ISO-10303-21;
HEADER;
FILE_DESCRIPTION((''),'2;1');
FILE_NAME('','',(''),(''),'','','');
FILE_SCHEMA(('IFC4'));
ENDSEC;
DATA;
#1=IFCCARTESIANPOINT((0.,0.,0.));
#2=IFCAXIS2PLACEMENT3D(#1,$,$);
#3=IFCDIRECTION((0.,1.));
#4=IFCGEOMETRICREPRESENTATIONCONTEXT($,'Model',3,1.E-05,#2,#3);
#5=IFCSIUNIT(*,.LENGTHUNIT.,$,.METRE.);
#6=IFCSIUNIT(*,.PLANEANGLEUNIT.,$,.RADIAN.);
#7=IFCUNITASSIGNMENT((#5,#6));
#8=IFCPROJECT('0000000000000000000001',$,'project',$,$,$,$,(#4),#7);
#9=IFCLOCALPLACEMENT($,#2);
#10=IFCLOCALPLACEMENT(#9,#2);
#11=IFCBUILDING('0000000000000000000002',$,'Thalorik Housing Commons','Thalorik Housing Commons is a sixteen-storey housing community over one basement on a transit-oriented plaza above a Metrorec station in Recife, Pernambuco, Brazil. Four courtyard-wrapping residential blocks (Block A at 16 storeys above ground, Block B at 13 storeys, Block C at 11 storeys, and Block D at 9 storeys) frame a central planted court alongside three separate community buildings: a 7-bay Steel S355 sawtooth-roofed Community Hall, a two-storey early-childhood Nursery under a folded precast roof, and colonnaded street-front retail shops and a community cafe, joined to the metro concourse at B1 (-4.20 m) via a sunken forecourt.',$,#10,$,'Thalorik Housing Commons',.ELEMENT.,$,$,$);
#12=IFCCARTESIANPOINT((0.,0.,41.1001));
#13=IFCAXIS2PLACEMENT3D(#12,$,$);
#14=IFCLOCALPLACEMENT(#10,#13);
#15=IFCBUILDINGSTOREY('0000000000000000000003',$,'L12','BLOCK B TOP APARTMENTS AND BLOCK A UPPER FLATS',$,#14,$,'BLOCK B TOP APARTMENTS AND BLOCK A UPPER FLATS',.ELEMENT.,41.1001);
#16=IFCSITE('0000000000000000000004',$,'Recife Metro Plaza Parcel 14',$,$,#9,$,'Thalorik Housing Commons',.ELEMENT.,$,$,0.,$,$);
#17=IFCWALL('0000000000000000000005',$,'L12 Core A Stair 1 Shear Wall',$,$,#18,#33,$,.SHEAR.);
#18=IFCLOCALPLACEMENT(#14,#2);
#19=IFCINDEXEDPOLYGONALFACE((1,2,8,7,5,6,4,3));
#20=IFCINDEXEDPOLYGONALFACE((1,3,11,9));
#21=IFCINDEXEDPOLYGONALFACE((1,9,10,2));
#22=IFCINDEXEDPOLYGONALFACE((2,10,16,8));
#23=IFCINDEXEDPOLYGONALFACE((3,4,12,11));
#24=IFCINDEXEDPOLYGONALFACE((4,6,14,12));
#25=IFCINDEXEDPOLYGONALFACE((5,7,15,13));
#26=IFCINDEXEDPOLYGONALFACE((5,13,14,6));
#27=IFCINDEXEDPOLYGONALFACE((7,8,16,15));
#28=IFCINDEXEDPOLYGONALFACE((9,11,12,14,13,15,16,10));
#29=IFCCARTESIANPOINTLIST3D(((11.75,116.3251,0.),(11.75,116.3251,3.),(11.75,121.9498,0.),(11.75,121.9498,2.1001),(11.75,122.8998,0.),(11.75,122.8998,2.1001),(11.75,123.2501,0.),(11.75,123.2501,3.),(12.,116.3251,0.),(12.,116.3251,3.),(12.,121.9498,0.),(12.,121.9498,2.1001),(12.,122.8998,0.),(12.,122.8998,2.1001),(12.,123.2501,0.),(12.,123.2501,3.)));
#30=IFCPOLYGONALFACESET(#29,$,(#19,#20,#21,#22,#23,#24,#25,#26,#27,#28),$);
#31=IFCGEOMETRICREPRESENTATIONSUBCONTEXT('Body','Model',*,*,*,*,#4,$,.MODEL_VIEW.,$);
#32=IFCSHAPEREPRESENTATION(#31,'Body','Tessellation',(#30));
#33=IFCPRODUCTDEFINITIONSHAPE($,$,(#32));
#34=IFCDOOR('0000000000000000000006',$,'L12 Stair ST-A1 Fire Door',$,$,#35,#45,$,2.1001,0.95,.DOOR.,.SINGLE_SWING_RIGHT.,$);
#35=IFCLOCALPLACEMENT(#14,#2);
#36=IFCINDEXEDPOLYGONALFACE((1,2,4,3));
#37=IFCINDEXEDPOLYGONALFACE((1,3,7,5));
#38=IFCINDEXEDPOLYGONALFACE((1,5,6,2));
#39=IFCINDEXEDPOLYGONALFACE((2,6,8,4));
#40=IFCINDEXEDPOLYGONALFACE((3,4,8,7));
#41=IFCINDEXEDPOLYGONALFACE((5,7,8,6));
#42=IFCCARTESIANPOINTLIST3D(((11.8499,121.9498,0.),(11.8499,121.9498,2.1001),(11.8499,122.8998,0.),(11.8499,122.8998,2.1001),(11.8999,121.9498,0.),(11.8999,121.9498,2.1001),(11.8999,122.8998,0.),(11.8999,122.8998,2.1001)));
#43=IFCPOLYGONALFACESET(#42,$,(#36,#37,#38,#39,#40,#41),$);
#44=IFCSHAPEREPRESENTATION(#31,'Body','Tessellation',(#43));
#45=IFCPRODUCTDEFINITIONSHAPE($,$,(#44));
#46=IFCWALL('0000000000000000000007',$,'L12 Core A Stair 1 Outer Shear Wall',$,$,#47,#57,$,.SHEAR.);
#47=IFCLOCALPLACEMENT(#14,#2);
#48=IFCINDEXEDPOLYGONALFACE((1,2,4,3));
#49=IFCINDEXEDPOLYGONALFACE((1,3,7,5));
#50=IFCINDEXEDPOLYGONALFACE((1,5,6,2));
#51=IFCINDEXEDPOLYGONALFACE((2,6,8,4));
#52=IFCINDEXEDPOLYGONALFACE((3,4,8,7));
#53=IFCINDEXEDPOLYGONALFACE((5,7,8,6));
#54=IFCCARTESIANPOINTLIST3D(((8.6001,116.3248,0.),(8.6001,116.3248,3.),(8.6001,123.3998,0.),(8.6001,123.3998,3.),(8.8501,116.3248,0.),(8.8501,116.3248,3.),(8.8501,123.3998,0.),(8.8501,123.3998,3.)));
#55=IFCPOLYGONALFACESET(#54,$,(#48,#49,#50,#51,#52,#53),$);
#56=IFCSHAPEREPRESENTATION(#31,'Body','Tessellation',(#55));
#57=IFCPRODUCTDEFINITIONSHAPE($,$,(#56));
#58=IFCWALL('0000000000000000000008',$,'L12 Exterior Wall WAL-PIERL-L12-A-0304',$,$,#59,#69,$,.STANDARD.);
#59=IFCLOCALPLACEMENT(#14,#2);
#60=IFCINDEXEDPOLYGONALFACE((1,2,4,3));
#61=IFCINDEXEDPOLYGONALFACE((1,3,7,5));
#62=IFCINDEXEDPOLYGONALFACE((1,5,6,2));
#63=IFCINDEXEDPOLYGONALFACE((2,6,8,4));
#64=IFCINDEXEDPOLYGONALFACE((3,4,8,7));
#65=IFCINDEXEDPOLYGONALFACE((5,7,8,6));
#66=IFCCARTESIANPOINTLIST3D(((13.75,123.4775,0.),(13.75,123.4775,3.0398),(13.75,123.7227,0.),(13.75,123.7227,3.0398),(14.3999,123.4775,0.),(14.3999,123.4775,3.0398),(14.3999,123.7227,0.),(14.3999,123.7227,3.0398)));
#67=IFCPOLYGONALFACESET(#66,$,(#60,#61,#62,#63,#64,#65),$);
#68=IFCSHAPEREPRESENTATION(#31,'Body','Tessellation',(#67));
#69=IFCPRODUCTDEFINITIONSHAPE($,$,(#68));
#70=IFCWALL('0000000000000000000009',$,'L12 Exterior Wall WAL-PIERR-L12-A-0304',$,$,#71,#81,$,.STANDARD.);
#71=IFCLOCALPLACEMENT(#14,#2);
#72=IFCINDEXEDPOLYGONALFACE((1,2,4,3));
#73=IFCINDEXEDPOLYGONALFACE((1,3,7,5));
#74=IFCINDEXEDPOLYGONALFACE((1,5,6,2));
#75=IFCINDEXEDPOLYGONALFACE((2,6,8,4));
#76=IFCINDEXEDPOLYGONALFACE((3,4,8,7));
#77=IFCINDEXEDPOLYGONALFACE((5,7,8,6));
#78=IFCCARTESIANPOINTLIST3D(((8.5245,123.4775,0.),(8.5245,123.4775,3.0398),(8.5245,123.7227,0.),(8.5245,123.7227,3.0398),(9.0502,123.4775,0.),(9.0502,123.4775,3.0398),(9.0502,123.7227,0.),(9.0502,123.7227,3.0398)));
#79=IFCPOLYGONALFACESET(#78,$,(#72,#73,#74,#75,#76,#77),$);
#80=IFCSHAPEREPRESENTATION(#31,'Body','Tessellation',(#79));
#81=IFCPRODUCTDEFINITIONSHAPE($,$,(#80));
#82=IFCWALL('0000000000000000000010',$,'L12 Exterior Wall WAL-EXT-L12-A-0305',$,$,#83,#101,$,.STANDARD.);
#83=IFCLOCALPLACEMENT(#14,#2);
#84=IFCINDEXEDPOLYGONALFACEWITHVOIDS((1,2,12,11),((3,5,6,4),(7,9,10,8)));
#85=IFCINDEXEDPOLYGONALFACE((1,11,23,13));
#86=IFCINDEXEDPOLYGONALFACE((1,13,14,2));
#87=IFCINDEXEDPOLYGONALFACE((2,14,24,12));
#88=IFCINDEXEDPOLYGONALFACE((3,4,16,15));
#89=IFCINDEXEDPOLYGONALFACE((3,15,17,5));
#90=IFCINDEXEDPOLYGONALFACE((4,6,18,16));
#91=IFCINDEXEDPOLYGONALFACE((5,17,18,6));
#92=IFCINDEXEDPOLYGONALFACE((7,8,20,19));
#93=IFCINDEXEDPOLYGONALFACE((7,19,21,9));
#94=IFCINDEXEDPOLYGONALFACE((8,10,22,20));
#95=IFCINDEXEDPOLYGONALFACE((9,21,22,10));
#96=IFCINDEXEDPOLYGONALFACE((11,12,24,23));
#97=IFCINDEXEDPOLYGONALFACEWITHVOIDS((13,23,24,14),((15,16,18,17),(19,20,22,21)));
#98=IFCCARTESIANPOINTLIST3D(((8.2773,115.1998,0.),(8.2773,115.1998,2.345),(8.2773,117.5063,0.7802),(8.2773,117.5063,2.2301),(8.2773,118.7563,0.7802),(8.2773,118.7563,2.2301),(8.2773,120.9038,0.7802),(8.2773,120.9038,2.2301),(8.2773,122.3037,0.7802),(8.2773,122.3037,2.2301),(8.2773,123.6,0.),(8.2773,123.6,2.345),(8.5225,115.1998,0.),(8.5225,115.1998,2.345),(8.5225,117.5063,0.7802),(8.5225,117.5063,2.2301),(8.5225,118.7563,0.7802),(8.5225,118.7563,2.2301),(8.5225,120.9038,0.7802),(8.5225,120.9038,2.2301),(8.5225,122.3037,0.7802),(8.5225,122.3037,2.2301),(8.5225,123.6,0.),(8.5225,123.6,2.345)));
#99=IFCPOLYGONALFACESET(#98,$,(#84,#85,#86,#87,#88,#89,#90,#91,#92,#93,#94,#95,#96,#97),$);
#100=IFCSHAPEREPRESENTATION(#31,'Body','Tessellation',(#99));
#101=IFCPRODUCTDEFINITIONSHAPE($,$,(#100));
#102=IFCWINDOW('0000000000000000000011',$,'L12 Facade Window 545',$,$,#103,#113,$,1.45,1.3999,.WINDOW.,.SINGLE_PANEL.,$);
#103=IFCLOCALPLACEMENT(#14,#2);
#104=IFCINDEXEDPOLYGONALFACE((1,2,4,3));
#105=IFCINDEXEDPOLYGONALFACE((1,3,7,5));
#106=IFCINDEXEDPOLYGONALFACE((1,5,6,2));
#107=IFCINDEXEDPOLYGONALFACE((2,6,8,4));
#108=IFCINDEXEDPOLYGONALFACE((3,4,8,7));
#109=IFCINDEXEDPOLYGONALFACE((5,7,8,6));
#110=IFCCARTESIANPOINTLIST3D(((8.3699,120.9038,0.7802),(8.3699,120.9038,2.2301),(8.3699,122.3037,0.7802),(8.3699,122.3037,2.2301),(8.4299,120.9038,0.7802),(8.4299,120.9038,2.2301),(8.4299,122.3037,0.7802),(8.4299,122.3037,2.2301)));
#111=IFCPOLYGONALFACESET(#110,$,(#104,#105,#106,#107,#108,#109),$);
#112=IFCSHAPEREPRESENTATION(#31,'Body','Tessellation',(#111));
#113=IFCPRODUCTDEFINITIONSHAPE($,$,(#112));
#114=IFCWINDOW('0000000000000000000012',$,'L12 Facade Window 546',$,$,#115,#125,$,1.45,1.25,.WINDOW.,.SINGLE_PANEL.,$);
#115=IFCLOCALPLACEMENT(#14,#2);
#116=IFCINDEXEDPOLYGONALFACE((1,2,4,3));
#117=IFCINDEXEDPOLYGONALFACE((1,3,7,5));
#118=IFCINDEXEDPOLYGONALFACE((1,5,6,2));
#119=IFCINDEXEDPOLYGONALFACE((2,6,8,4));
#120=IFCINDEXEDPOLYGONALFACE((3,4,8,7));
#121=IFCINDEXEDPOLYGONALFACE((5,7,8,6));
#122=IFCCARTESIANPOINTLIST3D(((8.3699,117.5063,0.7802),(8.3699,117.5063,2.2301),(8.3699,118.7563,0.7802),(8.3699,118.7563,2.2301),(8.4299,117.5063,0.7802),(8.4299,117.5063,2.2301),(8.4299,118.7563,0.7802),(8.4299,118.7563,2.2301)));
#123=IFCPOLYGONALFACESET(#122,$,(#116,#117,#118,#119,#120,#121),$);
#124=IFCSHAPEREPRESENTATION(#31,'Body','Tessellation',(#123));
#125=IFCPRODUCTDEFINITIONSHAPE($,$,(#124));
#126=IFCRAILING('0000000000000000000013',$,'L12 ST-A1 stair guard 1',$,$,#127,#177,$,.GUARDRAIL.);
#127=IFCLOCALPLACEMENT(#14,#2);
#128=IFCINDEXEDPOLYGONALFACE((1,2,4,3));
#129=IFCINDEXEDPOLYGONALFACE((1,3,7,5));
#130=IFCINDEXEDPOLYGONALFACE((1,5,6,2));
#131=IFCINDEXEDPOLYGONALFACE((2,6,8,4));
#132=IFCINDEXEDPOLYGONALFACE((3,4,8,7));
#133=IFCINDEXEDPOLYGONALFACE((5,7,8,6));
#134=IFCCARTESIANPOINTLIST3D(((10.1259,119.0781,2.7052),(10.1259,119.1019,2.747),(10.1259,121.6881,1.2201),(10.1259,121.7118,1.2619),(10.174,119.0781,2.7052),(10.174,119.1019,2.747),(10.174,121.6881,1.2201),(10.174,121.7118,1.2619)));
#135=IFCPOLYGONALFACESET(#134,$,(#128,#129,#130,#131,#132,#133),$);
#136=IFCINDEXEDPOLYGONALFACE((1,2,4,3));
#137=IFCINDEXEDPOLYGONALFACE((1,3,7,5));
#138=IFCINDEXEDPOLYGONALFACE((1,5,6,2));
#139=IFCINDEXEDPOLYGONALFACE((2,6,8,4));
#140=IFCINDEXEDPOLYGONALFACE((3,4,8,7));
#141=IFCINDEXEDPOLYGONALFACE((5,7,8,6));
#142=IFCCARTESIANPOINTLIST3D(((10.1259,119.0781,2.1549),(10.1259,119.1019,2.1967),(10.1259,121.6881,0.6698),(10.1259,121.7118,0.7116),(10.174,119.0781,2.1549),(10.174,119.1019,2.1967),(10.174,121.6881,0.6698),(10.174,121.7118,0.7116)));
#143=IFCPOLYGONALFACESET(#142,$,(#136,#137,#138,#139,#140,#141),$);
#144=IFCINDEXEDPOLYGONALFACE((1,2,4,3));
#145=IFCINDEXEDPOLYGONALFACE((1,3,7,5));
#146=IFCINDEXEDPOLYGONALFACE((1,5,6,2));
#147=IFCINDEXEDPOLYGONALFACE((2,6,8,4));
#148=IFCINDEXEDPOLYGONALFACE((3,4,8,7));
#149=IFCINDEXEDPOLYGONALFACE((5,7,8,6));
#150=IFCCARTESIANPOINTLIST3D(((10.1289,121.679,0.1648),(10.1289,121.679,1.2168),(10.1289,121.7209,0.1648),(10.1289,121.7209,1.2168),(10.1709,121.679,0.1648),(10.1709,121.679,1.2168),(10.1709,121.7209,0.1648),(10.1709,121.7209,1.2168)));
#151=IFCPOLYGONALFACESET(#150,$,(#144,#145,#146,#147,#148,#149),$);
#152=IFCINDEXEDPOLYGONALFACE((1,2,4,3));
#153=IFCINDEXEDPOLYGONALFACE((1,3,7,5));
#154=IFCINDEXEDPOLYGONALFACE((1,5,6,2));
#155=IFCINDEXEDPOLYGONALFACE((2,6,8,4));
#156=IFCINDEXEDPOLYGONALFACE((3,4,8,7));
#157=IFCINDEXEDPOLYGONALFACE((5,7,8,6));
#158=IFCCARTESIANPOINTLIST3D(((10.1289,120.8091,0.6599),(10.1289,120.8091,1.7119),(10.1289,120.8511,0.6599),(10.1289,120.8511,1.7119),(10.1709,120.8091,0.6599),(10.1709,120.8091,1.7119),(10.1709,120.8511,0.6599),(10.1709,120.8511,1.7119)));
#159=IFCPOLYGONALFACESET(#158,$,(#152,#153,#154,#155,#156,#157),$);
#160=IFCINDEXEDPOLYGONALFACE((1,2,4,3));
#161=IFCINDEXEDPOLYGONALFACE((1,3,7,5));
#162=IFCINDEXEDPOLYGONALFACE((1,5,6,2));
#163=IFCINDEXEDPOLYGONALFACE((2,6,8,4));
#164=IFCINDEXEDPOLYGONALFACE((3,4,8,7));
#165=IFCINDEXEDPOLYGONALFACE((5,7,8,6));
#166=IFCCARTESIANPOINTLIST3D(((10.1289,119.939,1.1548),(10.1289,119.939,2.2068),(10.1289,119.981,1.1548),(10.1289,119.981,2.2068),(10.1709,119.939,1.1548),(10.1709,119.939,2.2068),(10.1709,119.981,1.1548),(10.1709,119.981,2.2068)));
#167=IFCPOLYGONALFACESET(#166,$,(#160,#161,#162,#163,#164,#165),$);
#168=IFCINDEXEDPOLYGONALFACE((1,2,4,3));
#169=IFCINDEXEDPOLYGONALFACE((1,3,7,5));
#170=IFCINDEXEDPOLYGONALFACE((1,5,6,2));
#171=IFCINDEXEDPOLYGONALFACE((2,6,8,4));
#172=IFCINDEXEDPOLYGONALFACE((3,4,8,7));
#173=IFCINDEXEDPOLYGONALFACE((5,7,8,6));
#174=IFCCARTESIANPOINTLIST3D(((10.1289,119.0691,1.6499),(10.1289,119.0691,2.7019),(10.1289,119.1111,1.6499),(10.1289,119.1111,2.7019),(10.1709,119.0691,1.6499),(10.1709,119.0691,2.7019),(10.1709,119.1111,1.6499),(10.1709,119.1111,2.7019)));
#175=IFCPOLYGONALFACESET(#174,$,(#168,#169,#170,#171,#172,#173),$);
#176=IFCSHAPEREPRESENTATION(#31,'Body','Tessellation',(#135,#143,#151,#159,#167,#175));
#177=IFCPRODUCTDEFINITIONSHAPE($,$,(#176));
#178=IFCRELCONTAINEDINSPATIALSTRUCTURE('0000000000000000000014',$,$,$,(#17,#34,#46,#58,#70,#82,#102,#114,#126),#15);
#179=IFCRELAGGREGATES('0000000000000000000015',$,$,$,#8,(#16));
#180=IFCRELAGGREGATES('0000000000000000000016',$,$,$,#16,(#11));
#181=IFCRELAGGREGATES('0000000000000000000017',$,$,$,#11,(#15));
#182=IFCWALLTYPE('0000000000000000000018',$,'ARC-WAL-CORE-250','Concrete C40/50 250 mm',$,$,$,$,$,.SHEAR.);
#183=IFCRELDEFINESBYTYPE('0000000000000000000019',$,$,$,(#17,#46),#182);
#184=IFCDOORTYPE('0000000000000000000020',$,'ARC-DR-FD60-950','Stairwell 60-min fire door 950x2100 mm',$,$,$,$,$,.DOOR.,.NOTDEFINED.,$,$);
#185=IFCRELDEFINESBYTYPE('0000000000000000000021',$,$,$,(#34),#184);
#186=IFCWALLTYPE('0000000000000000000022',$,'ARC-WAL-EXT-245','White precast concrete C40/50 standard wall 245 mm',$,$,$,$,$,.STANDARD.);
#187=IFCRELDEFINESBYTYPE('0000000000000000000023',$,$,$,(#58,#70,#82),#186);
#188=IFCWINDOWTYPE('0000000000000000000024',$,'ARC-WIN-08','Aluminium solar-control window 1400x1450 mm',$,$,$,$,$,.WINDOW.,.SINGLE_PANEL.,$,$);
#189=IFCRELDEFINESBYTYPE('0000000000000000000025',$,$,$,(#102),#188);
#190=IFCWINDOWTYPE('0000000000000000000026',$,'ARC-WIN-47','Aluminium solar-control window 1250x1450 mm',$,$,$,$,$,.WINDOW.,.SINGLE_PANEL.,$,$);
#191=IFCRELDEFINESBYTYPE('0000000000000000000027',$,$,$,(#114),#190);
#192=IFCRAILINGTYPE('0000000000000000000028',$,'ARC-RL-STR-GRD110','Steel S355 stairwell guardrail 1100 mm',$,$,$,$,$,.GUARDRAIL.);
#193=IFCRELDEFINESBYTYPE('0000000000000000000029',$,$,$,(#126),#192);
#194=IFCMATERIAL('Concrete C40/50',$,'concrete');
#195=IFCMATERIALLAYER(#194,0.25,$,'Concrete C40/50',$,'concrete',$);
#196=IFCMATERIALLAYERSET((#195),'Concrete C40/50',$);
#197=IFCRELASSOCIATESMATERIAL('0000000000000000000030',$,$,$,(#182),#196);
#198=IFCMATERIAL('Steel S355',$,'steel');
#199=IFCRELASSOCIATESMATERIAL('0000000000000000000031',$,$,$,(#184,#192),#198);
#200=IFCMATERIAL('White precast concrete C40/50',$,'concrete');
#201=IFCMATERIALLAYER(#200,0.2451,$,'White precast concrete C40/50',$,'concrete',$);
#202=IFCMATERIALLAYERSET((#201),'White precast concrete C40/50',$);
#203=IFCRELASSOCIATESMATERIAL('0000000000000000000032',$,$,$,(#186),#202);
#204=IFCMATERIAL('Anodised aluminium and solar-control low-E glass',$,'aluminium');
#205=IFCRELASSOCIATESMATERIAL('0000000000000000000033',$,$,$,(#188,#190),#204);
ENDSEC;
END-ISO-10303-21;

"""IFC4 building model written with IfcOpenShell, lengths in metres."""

from ifc_helpers import new_model, si_unit, direction, frame, frame_2d, origin, origin_2d, place, context, subcontext, project, spatial, rectangle, extrude, material, layer, layer_set, type_object, element, fill, save


model = new_model("IFC4")

# Units and contexts
model_context = context("Model", 3, precision=1e-05, world=origin(), true_north=direction((0.0, 1.0)))
body_context = subcontext(model_context, "Body", "Model", "MODEL_VIEW")
ifc_project = project(units=[si_unit("LENGTHUNIT", "METRE"), si_unit("PLANEANGLEUNIT", "RADIAN")], contexts=[model_context])

# Site, building, storey
site_placement = place(None, origin())
site = spatial("IfcSite", under=ifc_project, at=site_placement, Name="Recife Metro Plaza Parcel 14", LongName="Thalorik Housing Commons", CompositionType="ELEMENT", RefElevation=0.0)
building_placement = place(site_placement, origin())
building = spatial("IfcBuilding", under=site, at=building_placement, Name="Thalorik Housing Commons", Description="Thalorik Housing Commons is a sixteen-storey housing community over one basement on a transit-oriented plaza above a Metrorec station in Recife, Pernambuco, Brazil. Four courtyard-wrapping residential blocks (Block A at 16 storeys above ground, Block B at 13 storeys, Block C at 11 storeys, and Block D at 9 storeys) frame a central planted court alongside three separate community buildings: a 7-bay Steel S355 sawtooth-roofed Community Hall, a two-storey early-childhood Nursery under a folded precast roof, and colonnaded street-front retail shops and a community cafe, joined to the metro concourse at B1 (-4.20 m) via a sunken forecourt.", LongName="Thalorik Housing Commons", CompositionType="ELEMENT")
storey_placement = place(building_placement, frame((0.0, 0.0, 41.1001)))
storey = spatial("IfcBuildingStorey", under=building, at=storey_placement, Name="L12", Description="BLOCK B TOP APARTMENTS AND BLOCK A UPPER FLATS", LongName="BLOCK B TOP APARTMENTS AND BLOCK A UPPER FLATS", CompositionType="ELEMENT", Elevation=41.1001)

# Shared definitions
ifc_material_1 = material(Name="Anodised aluminium and solar-control low-E glass", Category="aluminium")

# Wall, opening, door
ifc_material_2 = material(Name="Concrete C40/50", Category="concrete")
ifc_layer_1 = layer(ifc_material_2, 0.25, Name="Concrete C40/50", Category="concrete")
ifc_layer_set_1 = layer_set([ifc_layer_1], Name="Concrete C40/50")
wall_type_1 = type_object("IfcWallType", Name="ARC-WAL-CORE-250", Description="Concrete C40/50 250 mm", PredefinedType="SHEAR", material=ifc_layer_set_1)
wall_1_placement = place(storey_placement, frame((11.875, 123.25, 0.0), z_axis=(0.0, 0.0, 1.0), x_axis=(0.0, -1.0, 0.0)))
wall_1 = element("IfcWall", 1, at=wall_1_placement, inside=storey, type_object=wall_type_1, Name="L12 Core A Stair 1 Shear Wall", PredefinedType="SHEAR", context=body_context, shape_type="SweptSolid", body=[
    extrude(rectangle(XDim=6.925, YDim=0.25, at=frame_2d((3.4624, 0.0))), origin(), (0.0, 0.0, 1.0), 3.0),
])
opening_1_placement = place(wall_1_placement, frame((0.3501, 0.0, 0.0)))
opening_1 = element("IfcOpeningElement", 2, at=opening_1_placement, cuts=wall_1, PredefinedType="OPENING", context=body_context, shape_type="SweptSolid", body=[
    extrude(rectangle(XDim=0.95, YDim=2.1001, at=frame_2d((0.4751, 1.05))), frame((0.0, 0.135, 0.0), z_axis=(0.0, -1.0, 0.0), x_axis=(1.0, 0.0, 0.0)), (0.0, 0.0, 1.0), 0.27),
])
ifc_material_3 = material(Name="Steel S355", Category="steel")
door_type = type_object("IfcDoorType", Name="ARC-DR-FD60-950", Description="Stairwell 60-min fire door 950x2100 mm", OperationType="NOTDEFINED", PredefinedType="DOOR", material=ifc_material_3)
door_placement = place(opening_1_placement, origin())
door = element("IfcDoor", 3, at=door_placement, inside=storey, type_object=door_type, Name="L12 Stair ST-A1 Fire Door", OperationType="SINGLE_SWING_RIGHT", OverallHeight=2.1001, OverallWidth=0.95, PredefinedType="DOOR", context=body_context, shape_type="SweptSolid", body=[
    extrude(rectangle(XDim=0.95, YDim=2.1001, at=frame_2d((0.4751, 1.05))), frame((0.0, 0.0249, 0.0), z_axis=(0.0, -1.0, 0.0), x_axis=(1.0, 0.0, 0.0)), (0.0, 0.0, 1.0), 0.05),
])
fill(opening_1, door)

# Walls
wall_2_placement = place(storey_placement, frame((8.7251, 123.3999, 0.0), z_axis=(0.0, 0.0, 1.0), x_axis=(0.0, -1.0, 0.0)))
element("IfcWall", 4, at=wall_2_placement, inside=storey, type_object=wall_type_1, Name="L12 Core A Stair 1 Outer Shear Wall", PredefinedType="SHEAR", context=body_context, shape_type="SweptSolid", body=[
    extrude(rectangle(XDim=7.075, YDim=0.25, at=frame_2d((3.5376, 0.0))), origin(), (0.0, 0.0, 1.0), 3.0),
])
ifc_material_4 = material(Name="White precast concrete C40/50", Category="concrete")
ifc_layer_2 = layer(ifc_material_4, 0.2451, Name="White precast concrete C40/50", Category="concrete")
ifc_layer_set_2 = layer_set([ifc_layer_2], Name="White precast concrete C40/50")
wall_type_2 = type_object("IfcWallType", Name="ARC-WAL-EXT-245", Description="White precast concrete C40/50 standard wall 245 mm", PredefinedType="STANDARD", material=ifc_layer_set_2)
wall_3_placement = place(storey_placement, frame((14.3999, 123.6001, 0.0), z_axis=(0.0, 0.0, 1.0), x_axis=(-1.0, 0.0, 0.0)))
element("IfcWall", 5, at=wall_3_placement, inside=storey, type_object=wall_type_2, Name="L12 Exterior Wall WAL-PIERL-L12-A-0304", PredefinedType="STANDARD", context=body_context, shape_type="SweptSolid", body=[
    extrude(rectangle(XDim=0.6499, YDim=0.2451, at=frame_2d((0.325, 0.0))), origin(), (0.0, 0.0, 1.0), 3.0398),
])
wall_4_placement = place(storey_placement, frame((9.05, 123.6001, 0.0), z_axis=(0.0, 0.0, 1.0), x_axis=(-1.0, 0.0, 0.0)))
element("IfcWall", 6, at=wall_4_placement, inside=storey, type_object=wall_type_2, Name="L12 Exterior Wall WAL-PIERR-L12-A-0304", PredefinedType="STANDARD", context=body_context, shape_type="SweptSolid", body=[
    extrude(rectangle(XDim=0.5256, YDim=0.2451, at=frame_2d((0.2627, 0.0))), origin(), (0.0, 0.0, 1.0), 3.0398),
])

# Wall, openings, windows
wall_5_placement = place(storey_placement, frame((8.3999, 123.6001, 0.0), z_axis=(0.0, 0.0, 1.0), x_axis=(0.0, -1.0, 0.0)))
wall_5 = element("IfcWall", 7, at=wall_5_placement, inside=storey, type_object=wall_type_2, Name="L12 Exterior Wall WAL-EXT-L12-A-0305", PredefinedType="STANDARD", context=body_context, shape_type="SweptSolid", body=[
    extrude(rectangle(XDim=8.4001, YDim=0.2451, at=frame_2d((4.2002, 0.0))), origin(), (0.0, 0.0, 1.0), 2.345),
])
opening_2_placement = place(wall_5_placement, frame((1.2964, 0.0, 0.78)))
opening_2 = element("IfcOpeningElement", 8, at=opening_2_placement, cuts=wall_5, PredefinedType="OPENING", context=body_context, shape_type="SweptSolid", body=[
    extrude(rectangle(XDim=1.3999, YDim=1.45, at=frame_2d((0.7, 0.7251))), frame((0.0, 0.1326, 0.0), z_axis=(0.0, -1.0, 0.0), x_axis=(1.0, 0.0, 0.0)), (0.0, 0.0, 1.0), 0.2651),
])
opening_3_placement = place(wall_5_placement, frame((4.8438, 0.0, 0.78)))
opening_3 = element("IfcOpeningElement", 9, at=opening_3_placement, cuts=wall_5, PredefinedType="OPENING", context=body_context, shape_type="SweptSolid", body=[
    extrude(rectangle(XDim=1.25, YDim=1.45, at=frame_2d((0.625, 0.7251))), frame((0.0, 0.1326, 0.0), z_axis=(0.0, -1.0, 0.0), x_axis=(1.0, 0.0, 0.0)), (0.0, 0.0, 1.0), 0.2651),
])
window_type_1 = type_object("IfcWindowType", Name="ARC-WIN-08", Description="Aluminium solar-control window 1400x1450 mm", PartitioningType="SINGLE_PANEL", PredefinedType="WINDOW", material=ifc_material_1)
window_1_placement = place(opening_2_placement, origin())
window_1 = element("IfcWindow", 10, at=window_1_placement, inside=storey, type_object=window_type_1, Name="L12 Facade Window 545", OverallHeight=1.45, OverallWidth=1.3999, PartitioningType="SINGLE_PANEL", PredefinedType="WINDOW", context=body_context, shape_type="SweptSolid", body=[
    extrude(rectangle(XDim=1.3999, YDim=1.45, at=frame_2d((0.7, 0.7251))), frame((0.0, 0.03, 0.0), z_axis=(0.0, -1.0, 0.0), x_axis=(1.0, 0.0, 0.0)), (0.0, 0.0, 1.0), 0.0601),
])
fill(opening_2, window_1)
window_type_2 = type_object("IfcWindowType", Name="ARC-WIN-47", Description="Aluminium solar-control window 1250x1450 mm", PartitioningType="SINGLE_PANEL", PredefinedType="WINDOW", material=ifc_material_1)
window_2_placement = place(opening_3_placement, origin())
window_2 = element("IfcWindow", 11, at=window_2_placement, inside=storey, type_object=window_type_2, Name="L12 Facade Window 546", OverallHeight=1.45, OverallWidth=1.25, PartitioningType="SINGLE_PANEL", PredefinedType="WINDOW", context=body_context, shape_type="SweptSolid", body=[
    extrude(rectangle(XDim=1.25, YDim=1.45, at=frame_2d((0.625, 0.7251))), frame((0.0, 0.03, 0.0), z_axis=(0.0, -1.0, 0.0), x_axis=(1.0, 0.0, 0.0)), (0.0, 0.0, 1.0), 0.0601),
])
fill(opening_3, window_2)

# Railing
railing_type = type_object("IfcRailingType", Name="ARC-RL-STR-GRD110", Description="Steel S355 stairwell guardrail 1100 mm", PredefinedType="GUARDRAIL", material=ifc_material_3)
railing_1_placement = place(storey_placement, frame((10.1499, 121.7, 0.1648)))
element("IfcRailing", 12, at=railing_1_placement, inside=storey, type_object=railing_type, Name="L12 ST-A1 stair guard 1", PredefinedType="GUARDRAIL", context=body_context, shape_type="SweptSolid", body=[
    extrude(rectangle(XDim=0.0481, YDim=0.0481, at=origin_2d()), frame((0.0, 0.0, 1.0762), z_axis=(0.0, -0.869137, 0.494571), x_axis=(1.0, 0.0, 0.0)), (0.0, 0.0, 1.0), 3.0029),
    extrude(rectangle(XDim=0.0481, YDim=0.0481, at=origin_2d()), frame((0.0, 0.0, 0.5259), z_axis=(0.0, -0.869137, 0.494571), x_axis=(1.0, 0.0, 0.0)), (0.0, 0.0, 1.0), 3.0029),
    extrude(rectangle(XDim=0.042, YDim=0.042, at=origin_2d()), origin(), (0.0, 0.0, 1.0), 1.052),
    extrude(rectangle(XDim=0.042, YDim=0.042, at=origin_2d()), frame((0.0, -0.8699, 0.4951)), (0.0, 0.0, 1.0), 1.052),
    extrude(rectangle(XDim=0.042, YDim=0.042, at=origin_2d()), frame((0.0, -1.74, 0.99)), (0.0, 0.0, 1.0), 1.052),
    extrude(rectangle(XDim=0.042, YDim=0.042, at=origin_2d()), frame((0.0, -2.6099, 1.4851)), (0.0, 0.0, 1.0), 1.052),
])

save(model, "model.ifc")
